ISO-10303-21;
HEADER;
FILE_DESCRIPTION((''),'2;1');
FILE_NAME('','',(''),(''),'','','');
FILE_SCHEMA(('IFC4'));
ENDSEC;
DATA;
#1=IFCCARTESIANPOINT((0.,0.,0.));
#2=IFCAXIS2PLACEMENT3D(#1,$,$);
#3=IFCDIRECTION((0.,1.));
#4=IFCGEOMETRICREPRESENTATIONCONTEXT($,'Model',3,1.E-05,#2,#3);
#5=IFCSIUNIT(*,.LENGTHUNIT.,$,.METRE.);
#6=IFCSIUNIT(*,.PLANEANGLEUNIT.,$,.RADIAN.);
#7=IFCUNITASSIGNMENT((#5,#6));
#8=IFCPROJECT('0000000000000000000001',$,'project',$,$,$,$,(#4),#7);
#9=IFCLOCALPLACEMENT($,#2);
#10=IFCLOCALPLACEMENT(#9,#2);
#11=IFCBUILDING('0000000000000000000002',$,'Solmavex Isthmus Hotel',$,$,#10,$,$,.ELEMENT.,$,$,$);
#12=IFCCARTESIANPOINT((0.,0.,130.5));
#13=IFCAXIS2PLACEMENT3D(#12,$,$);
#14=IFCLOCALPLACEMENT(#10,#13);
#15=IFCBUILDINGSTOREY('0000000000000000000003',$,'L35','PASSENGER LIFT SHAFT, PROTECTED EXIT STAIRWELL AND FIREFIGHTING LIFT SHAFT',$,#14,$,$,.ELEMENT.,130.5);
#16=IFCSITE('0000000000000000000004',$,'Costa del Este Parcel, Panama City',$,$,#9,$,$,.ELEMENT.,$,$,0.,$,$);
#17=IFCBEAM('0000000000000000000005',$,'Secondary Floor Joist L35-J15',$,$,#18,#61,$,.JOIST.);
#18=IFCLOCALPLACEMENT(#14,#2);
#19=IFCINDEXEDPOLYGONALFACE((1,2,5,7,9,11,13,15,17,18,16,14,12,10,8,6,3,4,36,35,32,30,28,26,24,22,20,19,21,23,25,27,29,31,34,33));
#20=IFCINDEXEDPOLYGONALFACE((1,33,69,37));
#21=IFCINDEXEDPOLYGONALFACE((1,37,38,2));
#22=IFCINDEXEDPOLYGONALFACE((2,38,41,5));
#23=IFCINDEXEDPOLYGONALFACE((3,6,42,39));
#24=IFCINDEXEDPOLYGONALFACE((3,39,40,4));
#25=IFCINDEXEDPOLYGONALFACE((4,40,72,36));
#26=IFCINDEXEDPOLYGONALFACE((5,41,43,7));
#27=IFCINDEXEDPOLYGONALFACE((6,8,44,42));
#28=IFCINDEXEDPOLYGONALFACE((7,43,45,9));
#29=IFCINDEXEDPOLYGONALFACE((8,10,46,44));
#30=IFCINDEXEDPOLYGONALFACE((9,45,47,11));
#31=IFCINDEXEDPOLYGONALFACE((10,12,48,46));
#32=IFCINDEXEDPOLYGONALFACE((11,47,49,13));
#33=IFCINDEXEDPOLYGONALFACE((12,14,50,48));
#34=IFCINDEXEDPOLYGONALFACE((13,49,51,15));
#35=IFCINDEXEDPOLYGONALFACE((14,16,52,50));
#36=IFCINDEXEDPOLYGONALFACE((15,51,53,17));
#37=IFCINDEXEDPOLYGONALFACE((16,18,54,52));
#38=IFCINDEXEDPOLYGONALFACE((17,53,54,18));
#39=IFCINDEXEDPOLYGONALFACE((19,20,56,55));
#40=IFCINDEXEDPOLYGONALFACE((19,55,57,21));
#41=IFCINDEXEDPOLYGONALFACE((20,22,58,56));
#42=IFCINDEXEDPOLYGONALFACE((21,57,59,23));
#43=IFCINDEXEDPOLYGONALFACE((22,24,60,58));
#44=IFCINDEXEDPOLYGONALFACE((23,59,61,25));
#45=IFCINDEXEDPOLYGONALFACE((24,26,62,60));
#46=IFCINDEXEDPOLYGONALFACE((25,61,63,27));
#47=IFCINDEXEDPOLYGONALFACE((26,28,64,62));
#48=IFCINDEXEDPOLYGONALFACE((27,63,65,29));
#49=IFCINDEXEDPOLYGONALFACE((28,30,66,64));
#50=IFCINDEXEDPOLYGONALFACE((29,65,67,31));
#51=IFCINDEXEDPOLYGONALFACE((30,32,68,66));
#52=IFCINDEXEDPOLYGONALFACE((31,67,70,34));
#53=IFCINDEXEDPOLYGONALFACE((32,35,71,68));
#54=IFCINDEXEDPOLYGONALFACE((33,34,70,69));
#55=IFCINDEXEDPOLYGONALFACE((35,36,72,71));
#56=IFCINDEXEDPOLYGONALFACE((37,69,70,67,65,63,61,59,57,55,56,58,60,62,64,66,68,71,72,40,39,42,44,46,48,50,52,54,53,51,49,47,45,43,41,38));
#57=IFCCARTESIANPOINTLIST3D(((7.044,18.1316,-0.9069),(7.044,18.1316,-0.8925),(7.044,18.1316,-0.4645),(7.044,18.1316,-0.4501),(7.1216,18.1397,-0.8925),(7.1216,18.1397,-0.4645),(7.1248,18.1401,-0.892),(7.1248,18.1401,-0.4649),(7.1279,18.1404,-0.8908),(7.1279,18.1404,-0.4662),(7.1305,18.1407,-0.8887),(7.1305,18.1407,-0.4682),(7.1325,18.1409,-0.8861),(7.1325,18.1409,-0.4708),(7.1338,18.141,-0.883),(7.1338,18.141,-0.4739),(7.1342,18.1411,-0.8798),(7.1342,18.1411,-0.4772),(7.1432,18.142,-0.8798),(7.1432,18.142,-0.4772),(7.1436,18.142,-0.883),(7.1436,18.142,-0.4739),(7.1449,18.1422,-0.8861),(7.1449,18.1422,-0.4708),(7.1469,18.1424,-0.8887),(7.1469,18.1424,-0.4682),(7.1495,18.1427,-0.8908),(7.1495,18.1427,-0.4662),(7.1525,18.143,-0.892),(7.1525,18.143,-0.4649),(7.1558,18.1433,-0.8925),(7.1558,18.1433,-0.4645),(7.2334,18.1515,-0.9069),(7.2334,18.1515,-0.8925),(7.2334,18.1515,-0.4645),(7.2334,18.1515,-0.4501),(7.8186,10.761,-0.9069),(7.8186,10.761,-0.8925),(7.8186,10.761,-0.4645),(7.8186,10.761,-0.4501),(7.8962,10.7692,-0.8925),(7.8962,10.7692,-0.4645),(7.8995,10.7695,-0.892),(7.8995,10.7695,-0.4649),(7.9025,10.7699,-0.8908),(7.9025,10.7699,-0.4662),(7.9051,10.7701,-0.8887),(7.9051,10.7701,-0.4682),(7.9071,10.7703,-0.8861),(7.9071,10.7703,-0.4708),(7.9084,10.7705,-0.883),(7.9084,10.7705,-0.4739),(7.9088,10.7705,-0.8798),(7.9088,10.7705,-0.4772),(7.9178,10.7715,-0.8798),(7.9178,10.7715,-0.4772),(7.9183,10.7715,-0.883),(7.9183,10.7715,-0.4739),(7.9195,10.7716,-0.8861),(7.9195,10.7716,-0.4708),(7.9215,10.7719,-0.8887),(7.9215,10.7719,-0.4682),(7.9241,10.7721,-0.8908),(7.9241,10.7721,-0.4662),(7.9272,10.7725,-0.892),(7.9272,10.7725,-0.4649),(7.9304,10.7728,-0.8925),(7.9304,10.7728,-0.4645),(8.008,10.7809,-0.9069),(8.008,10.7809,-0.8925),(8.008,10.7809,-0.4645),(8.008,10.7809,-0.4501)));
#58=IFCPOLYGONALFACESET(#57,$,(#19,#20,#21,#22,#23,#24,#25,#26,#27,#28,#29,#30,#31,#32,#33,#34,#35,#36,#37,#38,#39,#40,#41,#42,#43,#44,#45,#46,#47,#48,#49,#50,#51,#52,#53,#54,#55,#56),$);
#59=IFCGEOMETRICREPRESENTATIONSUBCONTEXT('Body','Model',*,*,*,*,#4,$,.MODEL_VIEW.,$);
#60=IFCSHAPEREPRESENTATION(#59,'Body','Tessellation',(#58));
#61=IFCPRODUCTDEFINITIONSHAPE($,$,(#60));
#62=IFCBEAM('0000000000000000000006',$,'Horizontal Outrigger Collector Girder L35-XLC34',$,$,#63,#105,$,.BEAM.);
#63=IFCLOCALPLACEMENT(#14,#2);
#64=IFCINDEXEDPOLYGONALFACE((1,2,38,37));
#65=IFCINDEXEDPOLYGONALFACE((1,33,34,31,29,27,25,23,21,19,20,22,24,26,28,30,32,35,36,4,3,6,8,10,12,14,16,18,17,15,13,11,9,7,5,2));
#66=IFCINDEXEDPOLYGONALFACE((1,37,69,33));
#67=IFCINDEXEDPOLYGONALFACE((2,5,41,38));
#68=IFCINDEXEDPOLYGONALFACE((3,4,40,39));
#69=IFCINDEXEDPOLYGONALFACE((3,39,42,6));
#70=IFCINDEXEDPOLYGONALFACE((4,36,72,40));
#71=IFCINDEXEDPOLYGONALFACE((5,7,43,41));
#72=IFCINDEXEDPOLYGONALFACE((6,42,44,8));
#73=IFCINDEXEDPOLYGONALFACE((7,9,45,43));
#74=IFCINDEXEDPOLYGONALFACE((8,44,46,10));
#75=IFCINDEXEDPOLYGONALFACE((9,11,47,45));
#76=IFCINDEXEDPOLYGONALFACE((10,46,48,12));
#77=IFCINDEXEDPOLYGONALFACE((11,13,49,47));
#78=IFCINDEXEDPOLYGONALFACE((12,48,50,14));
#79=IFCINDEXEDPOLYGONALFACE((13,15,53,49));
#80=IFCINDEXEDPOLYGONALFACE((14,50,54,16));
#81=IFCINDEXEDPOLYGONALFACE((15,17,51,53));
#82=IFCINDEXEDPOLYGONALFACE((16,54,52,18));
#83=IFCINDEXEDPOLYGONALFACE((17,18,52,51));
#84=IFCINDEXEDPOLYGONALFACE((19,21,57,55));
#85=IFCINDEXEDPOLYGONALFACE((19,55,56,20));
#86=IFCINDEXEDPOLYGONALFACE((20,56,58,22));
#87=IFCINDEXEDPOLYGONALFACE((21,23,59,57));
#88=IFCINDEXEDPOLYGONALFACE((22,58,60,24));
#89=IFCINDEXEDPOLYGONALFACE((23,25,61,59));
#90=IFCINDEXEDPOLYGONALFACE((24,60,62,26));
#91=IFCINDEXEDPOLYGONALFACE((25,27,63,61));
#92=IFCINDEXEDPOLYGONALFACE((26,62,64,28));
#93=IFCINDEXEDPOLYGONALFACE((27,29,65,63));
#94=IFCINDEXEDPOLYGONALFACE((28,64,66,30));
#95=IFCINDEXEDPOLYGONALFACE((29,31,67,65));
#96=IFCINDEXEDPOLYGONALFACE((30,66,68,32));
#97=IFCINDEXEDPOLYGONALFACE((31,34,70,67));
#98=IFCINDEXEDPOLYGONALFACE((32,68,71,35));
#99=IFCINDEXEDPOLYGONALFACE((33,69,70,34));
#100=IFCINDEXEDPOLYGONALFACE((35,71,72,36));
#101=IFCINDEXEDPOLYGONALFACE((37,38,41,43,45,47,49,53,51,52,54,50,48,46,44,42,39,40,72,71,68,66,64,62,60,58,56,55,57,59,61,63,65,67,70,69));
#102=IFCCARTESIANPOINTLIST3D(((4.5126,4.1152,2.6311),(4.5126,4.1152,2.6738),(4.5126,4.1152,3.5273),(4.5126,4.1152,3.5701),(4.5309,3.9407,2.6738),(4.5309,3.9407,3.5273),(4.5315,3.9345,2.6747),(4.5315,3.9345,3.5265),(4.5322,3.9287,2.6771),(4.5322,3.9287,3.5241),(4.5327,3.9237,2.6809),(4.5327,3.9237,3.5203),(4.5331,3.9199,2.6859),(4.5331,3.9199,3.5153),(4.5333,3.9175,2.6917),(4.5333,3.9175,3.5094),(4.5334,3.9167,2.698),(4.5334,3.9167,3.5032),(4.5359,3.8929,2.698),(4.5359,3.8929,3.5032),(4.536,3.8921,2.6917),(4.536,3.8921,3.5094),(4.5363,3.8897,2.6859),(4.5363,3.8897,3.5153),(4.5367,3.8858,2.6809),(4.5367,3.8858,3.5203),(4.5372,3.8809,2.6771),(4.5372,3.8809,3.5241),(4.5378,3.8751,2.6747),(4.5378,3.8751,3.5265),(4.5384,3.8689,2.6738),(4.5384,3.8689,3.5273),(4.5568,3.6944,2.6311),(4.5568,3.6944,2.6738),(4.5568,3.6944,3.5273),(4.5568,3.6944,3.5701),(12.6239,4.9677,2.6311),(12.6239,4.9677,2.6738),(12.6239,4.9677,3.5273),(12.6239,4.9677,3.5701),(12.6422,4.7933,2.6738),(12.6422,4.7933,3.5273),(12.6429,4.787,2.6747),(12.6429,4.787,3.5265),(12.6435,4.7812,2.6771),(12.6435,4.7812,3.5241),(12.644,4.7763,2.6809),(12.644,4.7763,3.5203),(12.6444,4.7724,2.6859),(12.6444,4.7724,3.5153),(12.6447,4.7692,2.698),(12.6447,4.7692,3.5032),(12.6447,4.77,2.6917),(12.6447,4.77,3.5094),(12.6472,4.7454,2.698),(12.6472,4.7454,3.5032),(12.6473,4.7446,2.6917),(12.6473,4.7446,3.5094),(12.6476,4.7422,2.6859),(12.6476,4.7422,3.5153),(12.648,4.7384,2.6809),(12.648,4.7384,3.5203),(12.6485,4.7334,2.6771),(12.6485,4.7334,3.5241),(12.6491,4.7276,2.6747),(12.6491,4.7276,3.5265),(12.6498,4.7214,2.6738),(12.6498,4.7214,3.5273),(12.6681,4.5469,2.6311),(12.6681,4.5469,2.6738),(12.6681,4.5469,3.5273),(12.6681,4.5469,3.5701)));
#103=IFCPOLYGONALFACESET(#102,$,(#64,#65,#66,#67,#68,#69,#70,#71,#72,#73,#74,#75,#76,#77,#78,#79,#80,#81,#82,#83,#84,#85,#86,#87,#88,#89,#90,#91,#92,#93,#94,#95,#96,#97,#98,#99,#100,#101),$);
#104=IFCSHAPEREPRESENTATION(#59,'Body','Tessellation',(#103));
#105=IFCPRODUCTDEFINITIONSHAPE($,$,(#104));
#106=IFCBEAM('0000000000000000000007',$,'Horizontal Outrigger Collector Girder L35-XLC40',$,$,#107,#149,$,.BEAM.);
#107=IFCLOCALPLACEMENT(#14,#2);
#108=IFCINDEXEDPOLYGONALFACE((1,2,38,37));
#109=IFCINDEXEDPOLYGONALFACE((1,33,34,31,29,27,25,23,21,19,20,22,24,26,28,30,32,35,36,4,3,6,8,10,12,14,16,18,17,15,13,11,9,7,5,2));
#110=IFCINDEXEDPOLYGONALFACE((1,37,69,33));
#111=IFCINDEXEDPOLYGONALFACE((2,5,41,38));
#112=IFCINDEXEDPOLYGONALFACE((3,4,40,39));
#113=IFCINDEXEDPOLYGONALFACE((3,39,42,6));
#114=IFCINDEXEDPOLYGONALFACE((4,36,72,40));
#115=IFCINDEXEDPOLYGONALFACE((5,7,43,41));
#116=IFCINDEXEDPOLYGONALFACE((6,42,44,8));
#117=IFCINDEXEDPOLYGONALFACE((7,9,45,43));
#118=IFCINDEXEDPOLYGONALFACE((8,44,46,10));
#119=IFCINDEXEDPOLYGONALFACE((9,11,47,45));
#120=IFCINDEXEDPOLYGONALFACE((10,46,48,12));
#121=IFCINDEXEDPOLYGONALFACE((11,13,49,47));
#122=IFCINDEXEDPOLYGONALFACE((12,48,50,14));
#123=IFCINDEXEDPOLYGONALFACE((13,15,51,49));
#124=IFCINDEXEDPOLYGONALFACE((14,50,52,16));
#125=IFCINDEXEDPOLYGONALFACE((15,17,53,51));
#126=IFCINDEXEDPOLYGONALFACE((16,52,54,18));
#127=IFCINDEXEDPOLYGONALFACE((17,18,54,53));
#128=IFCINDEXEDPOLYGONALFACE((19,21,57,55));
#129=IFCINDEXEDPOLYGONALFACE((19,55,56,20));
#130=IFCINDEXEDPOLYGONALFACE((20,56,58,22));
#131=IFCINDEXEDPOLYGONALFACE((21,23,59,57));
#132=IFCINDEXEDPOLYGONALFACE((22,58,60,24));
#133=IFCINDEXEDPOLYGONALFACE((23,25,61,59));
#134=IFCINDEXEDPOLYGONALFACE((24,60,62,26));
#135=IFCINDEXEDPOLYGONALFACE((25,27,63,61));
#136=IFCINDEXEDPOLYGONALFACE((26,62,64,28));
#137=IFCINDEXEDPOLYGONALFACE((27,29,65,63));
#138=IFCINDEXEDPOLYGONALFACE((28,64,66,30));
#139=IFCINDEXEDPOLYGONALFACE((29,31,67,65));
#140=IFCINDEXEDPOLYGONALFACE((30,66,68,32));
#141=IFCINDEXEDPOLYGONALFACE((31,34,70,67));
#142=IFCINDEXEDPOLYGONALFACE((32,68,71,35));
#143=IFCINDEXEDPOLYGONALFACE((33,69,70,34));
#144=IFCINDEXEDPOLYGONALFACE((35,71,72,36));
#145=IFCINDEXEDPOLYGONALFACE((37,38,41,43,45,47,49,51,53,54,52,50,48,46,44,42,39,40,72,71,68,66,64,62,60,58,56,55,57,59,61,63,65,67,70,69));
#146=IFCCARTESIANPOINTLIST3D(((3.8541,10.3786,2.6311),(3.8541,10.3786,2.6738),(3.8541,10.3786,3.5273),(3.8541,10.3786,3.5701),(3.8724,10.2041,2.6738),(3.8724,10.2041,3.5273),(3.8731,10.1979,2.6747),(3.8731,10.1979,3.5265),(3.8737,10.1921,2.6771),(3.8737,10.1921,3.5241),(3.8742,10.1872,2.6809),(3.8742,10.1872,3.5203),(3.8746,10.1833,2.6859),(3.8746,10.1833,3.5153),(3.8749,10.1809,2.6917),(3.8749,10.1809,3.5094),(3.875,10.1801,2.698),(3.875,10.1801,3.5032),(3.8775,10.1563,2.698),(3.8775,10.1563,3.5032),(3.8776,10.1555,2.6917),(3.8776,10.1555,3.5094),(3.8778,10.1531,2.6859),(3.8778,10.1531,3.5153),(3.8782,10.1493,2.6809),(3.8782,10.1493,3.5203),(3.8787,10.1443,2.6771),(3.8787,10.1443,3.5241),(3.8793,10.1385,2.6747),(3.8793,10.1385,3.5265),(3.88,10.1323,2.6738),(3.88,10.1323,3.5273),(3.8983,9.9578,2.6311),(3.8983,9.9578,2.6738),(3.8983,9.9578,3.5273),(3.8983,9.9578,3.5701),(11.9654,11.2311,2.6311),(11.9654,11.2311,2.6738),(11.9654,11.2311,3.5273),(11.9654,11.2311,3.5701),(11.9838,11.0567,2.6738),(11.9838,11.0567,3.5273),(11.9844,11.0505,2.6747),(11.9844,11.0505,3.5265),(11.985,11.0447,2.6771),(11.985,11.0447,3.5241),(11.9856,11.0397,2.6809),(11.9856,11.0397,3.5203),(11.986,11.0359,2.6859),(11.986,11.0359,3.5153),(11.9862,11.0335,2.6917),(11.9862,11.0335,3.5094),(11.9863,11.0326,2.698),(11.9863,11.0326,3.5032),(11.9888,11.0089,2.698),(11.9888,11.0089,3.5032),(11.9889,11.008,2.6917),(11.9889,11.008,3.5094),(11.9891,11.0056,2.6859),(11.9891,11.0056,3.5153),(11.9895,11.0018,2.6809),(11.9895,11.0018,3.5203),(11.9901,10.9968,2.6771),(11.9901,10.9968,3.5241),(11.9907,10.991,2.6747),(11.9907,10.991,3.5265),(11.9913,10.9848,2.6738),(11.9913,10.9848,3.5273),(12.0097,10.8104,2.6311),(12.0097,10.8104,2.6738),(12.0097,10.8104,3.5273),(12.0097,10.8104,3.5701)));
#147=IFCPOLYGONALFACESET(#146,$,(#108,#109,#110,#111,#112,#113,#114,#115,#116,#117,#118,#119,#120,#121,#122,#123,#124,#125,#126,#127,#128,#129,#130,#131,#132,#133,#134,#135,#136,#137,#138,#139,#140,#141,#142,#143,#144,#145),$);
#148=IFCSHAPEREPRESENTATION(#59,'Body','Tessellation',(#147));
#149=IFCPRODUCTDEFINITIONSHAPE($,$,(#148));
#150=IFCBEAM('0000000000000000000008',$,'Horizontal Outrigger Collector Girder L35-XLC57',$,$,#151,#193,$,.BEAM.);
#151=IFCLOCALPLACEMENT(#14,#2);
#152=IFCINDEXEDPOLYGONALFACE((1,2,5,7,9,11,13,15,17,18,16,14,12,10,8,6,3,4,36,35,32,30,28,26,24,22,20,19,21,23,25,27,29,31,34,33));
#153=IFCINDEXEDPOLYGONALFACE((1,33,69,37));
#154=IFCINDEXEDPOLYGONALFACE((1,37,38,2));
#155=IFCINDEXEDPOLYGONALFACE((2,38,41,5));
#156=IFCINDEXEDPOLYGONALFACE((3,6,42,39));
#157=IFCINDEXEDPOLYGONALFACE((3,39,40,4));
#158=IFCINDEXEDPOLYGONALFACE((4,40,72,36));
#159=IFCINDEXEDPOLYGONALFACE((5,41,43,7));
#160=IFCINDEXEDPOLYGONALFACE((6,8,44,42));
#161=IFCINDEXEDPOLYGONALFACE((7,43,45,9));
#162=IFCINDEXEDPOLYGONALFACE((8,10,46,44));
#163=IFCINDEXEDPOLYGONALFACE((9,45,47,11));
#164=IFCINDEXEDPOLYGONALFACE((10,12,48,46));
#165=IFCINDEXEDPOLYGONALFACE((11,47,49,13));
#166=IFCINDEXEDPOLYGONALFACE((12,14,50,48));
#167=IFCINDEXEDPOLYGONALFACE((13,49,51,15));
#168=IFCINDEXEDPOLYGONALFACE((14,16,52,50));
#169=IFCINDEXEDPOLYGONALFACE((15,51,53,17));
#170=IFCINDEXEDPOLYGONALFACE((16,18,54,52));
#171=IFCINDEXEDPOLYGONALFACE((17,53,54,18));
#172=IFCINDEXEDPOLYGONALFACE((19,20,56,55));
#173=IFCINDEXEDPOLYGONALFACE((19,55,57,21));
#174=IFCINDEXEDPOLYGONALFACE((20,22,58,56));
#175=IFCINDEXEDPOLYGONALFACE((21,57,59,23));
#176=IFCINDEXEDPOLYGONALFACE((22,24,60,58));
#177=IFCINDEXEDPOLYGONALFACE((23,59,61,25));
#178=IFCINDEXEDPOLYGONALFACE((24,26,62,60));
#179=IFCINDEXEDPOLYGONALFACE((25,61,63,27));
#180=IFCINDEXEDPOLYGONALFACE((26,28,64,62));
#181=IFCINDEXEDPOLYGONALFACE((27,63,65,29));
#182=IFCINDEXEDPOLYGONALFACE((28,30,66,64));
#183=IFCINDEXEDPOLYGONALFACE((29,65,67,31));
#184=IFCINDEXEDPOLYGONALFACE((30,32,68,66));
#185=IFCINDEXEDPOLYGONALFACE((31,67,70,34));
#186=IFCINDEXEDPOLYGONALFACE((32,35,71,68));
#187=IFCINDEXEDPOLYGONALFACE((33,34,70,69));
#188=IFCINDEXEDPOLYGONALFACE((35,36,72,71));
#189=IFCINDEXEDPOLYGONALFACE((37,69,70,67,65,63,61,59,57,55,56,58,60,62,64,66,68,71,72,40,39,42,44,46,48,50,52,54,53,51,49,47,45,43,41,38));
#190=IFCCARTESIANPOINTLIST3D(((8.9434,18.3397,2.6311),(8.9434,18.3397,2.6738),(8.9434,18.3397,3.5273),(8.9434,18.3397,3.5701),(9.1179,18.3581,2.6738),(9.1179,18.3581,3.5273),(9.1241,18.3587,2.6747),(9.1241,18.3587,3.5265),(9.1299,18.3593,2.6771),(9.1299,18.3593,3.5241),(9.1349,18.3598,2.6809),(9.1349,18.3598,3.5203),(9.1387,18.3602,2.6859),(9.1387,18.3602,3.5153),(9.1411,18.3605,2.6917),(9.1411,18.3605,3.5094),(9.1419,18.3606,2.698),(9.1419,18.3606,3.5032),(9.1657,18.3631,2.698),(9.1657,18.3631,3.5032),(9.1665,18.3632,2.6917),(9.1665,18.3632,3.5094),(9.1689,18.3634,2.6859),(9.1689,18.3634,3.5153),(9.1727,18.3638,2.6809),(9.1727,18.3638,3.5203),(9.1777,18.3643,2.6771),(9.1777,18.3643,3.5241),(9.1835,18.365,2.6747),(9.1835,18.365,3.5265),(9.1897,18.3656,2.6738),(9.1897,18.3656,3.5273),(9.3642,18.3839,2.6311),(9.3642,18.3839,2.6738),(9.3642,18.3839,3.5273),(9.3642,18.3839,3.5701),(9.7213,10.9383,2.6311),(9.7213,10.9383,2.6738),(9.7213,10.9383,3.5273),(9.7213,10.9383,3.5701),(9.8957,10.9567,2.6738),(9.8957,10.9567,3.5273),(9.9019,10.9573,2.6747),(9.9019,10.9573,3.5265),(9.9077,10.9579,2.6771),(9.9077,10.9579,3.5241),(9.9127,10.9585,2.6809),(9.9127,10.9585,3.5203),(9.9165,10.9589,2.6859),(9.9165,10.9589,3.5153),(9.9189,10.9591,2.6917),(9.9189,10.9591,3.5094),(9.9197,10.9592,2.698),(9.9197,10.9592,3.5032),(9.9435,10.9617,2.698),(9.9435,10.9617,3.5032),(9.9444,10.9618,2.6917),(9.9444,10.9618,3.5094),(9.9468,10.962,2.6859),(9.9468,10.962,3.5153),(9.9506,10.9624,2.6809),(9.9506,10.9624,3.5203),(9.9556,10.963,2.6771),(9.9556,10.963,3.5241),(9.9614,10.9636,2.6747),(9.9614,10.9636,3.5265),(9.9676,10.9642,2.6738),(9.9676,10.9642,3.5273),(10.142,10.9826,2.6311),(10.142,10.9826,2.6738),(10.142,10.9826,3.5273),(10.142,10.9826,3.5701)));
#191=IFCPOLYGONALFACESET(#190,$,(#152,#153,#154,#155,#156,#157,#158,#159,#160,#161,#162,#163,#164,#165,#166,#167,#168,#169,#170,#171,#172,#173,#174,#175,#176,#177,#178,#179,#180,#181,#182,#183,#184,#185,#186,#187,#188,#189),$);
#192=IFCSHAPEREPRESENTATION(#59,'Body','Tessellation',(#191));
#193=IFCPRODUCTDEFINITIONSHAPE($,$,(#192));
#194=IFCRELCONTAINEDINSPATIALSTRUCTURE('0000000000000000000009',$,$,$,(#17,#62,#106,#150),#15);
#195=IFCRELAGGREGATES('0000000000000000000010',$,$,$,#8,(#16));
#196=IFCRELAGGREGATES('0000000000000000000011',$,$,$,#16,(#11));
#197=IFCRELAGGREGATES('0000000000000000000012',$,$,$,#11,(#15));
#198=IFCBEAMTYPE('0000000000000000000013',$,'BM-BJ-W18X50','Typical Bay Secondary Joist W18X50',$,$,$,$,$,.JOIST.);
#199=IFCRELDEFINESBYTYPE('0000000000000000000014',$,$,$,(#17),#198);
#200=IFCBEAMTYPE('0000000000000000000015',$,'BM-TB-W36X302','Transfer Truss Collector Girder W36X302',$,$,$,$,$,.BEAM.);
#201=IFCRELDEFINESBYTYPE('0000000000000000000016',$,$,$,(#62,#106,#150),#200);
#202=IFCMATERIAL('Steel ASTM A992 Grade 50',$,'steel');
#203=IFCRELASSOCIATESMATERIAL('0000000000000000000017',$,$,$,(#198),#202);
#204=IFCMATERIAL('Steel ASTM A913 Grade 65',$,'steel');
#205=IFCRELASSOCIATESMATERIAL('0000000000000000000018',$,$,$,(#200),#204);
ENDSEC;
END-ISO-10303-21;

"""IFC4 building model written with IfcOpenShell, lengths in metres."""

from ifc_helpers import new_model, si_unit, direction, frame, origin, origin_2d, place, context, subcontext, project, spatial, i_section, extrude, material, material_profile, profile_set, type_object, element, save


model = new_model("IFC4")

# Units and contexts
model_context = context("Model", 3, precision=1e-05, world=origin(), true_north=direction((0.0, 1.0)))
body_context = subcontext(model_context, "Body", "Model", "MODEL_VIEW")
ifc_project = project(units=[si_unit("LENGTHUNIT", "METRE"), si_unit("PLANEANGLEUNIT", "RADIAN")], contexts=[model_context])

# Site, building, storey
site_placement = place(None, origin())
site = spatial("IfcSite", under=ifc_project, at=site_placement, Name="Costa del Este Parcel, Panama City", CompositionType="ELEMENT", RefElevation=0.0)
building_placement = place(site_placement, origin())
building = spatial("IfcBuilding", under=site, at=building_placement, Name="Solmavex Isthmus Hotel", CompositionType="ELEMENT")
storey_placement = place(building_placement, frame((0.0, 0.0, 130.5)))
storey = spatial("IfcBuildingStorey", under=building, at=storey_placement, Name="L35", Description="PASSENGER LIFT SHAFT, PROTECTED EXIT STAIRWELL AND FIREFIGHTING LIFT SHAFT", CompositionType="ELEMENT", Elevation=130.5)

# Shared definitions
ifc_material_1 = material(Name="Steel ASTM A913 Grade 65", Category="steel")

# Beams
ifc_material_2 = material(Name="Steel ASTM A992 Grade 50", Category="steel")
ifc_material_profile_1 = material_profile(ifc_material_2, i_section(OverallWidth=0.1904, OverallDepth=0.4568, WebThickness=0.009, FlangeThickness=0.0144, FilletRadius=0.0127, at=origin_2d()), Name="W18X50")
ifc_profile_set_1 = profile_set([ifc_material_profile_1], Name="Steel ASTM A992 Grade 50")
beam_type_1 = type_object("IfcBeamType", Name="BM-BJ-W18X50", Description="Typical Bay Secondary Joist W18X50", PredefinedType="JOIST", material=ifc_profile_set_1)
beam_1_placement = place(storey_placement, frame((7.9133, 10.771, -0.6785), z_axis=(-0.104525, 0.994522, 0.0), x_axis=(-0.994522, -0.104525, 0.0)))
element("IfcBeam", 1, at=beam_1_placement, inside=storey, type_object=beam_type_1, Name="Secondary Floor Joist L35-J15", PredefinedType="JOIST", context=body_context, shape_type="SweptSolid", body=[
    extrude(i_section(OverallWidth=0.1904, OverallDepth=0.4568, WebThickness=0.009, FlangeThickness=0.0144, FilletRadius=0.0127, at=origin_2d()), origin(), (0.0, 0.0, 1.0), 7.4111),
])
ifc_material_profile_2 = material_profile(ifc_material_1, i_section(OverallWidth=0.4231, OverallDepth=0.939, WebThickness=0.0239, FlangeThickness=0.0427, FilletRadius=0.0242, at=origin_2d()), Name="W36X302")
ifc_profile_set_2 = profile_set([ifc_material_profile_2], Name="Steel ASTM A913 Grade 65")
beam_type_2 = type_object("IfcBeamType", Name="BM-TB-W36X302", Description="Transfer Truss Collector Girder W36X302", PredefinedType="BEAM", material=ifc_profile_set_2)
for number, where, z_axis, x_axis, name in (
    (2, (4.5347, 3.9048, 3.1006), (0.994522, 0.104529, 0.0), (-0.104529, 0.994522, 0.0), "Horizontal Outrigger Collector Girder L35-XLC34"),
    (3, (3.8762, 10.1682, 3.1006), (0.994522, 0.104529, 0.0), (-0.104529, 0.994522, 0.0), "Horizontal Outrigger Collector Girder L35-XLC40"),
):
    element("IfcBeam", number, at=place(storey_placement, frame(where, z_axis=z_axis, x_axis=x_axis)), inside=storey, type_object=beam_type_2, Name=name, PredefinedType="BEAM", context=body_context, shape_type="SweptSolid", body=[
        extrude(i_section(OverallWidth=0.4231, OverallDepth=0.939, WebThickness=0.0239, FlangeThickness=0.0427, FilletRadius=0.0242, at=origin_2d()), origin(), (0.0, 0.0, 1.0), 8.156),
    ])
beam_2_placement = place(storey_placement, frame((9.9316, 10.9604, 3.1006), z_axis=(-0.104517, 0.994523, 0.0), x_axis=(-0.994523, -0.104517, 0.0)))
element("IfcBeam", 4, at=beam_2_placement, inside=storey, type_object=beam_type_2, Name="Horizontal Outrigger Collector Girder L35-XLC57", PredefinedType="BEAM", context=body_context, shape_type="SweptSolid", body=[
    extrude(i_section(OverallWidth=0.4231, OverallDepth=0.939, WebThickness=0.0239, FlangeThickness=0.0427, FilletRadius=0.0242, at=origin_2d()), origin(), (0.0, 0.0, 1.0), 7.4421),
])

save(model, "model.ifc")
